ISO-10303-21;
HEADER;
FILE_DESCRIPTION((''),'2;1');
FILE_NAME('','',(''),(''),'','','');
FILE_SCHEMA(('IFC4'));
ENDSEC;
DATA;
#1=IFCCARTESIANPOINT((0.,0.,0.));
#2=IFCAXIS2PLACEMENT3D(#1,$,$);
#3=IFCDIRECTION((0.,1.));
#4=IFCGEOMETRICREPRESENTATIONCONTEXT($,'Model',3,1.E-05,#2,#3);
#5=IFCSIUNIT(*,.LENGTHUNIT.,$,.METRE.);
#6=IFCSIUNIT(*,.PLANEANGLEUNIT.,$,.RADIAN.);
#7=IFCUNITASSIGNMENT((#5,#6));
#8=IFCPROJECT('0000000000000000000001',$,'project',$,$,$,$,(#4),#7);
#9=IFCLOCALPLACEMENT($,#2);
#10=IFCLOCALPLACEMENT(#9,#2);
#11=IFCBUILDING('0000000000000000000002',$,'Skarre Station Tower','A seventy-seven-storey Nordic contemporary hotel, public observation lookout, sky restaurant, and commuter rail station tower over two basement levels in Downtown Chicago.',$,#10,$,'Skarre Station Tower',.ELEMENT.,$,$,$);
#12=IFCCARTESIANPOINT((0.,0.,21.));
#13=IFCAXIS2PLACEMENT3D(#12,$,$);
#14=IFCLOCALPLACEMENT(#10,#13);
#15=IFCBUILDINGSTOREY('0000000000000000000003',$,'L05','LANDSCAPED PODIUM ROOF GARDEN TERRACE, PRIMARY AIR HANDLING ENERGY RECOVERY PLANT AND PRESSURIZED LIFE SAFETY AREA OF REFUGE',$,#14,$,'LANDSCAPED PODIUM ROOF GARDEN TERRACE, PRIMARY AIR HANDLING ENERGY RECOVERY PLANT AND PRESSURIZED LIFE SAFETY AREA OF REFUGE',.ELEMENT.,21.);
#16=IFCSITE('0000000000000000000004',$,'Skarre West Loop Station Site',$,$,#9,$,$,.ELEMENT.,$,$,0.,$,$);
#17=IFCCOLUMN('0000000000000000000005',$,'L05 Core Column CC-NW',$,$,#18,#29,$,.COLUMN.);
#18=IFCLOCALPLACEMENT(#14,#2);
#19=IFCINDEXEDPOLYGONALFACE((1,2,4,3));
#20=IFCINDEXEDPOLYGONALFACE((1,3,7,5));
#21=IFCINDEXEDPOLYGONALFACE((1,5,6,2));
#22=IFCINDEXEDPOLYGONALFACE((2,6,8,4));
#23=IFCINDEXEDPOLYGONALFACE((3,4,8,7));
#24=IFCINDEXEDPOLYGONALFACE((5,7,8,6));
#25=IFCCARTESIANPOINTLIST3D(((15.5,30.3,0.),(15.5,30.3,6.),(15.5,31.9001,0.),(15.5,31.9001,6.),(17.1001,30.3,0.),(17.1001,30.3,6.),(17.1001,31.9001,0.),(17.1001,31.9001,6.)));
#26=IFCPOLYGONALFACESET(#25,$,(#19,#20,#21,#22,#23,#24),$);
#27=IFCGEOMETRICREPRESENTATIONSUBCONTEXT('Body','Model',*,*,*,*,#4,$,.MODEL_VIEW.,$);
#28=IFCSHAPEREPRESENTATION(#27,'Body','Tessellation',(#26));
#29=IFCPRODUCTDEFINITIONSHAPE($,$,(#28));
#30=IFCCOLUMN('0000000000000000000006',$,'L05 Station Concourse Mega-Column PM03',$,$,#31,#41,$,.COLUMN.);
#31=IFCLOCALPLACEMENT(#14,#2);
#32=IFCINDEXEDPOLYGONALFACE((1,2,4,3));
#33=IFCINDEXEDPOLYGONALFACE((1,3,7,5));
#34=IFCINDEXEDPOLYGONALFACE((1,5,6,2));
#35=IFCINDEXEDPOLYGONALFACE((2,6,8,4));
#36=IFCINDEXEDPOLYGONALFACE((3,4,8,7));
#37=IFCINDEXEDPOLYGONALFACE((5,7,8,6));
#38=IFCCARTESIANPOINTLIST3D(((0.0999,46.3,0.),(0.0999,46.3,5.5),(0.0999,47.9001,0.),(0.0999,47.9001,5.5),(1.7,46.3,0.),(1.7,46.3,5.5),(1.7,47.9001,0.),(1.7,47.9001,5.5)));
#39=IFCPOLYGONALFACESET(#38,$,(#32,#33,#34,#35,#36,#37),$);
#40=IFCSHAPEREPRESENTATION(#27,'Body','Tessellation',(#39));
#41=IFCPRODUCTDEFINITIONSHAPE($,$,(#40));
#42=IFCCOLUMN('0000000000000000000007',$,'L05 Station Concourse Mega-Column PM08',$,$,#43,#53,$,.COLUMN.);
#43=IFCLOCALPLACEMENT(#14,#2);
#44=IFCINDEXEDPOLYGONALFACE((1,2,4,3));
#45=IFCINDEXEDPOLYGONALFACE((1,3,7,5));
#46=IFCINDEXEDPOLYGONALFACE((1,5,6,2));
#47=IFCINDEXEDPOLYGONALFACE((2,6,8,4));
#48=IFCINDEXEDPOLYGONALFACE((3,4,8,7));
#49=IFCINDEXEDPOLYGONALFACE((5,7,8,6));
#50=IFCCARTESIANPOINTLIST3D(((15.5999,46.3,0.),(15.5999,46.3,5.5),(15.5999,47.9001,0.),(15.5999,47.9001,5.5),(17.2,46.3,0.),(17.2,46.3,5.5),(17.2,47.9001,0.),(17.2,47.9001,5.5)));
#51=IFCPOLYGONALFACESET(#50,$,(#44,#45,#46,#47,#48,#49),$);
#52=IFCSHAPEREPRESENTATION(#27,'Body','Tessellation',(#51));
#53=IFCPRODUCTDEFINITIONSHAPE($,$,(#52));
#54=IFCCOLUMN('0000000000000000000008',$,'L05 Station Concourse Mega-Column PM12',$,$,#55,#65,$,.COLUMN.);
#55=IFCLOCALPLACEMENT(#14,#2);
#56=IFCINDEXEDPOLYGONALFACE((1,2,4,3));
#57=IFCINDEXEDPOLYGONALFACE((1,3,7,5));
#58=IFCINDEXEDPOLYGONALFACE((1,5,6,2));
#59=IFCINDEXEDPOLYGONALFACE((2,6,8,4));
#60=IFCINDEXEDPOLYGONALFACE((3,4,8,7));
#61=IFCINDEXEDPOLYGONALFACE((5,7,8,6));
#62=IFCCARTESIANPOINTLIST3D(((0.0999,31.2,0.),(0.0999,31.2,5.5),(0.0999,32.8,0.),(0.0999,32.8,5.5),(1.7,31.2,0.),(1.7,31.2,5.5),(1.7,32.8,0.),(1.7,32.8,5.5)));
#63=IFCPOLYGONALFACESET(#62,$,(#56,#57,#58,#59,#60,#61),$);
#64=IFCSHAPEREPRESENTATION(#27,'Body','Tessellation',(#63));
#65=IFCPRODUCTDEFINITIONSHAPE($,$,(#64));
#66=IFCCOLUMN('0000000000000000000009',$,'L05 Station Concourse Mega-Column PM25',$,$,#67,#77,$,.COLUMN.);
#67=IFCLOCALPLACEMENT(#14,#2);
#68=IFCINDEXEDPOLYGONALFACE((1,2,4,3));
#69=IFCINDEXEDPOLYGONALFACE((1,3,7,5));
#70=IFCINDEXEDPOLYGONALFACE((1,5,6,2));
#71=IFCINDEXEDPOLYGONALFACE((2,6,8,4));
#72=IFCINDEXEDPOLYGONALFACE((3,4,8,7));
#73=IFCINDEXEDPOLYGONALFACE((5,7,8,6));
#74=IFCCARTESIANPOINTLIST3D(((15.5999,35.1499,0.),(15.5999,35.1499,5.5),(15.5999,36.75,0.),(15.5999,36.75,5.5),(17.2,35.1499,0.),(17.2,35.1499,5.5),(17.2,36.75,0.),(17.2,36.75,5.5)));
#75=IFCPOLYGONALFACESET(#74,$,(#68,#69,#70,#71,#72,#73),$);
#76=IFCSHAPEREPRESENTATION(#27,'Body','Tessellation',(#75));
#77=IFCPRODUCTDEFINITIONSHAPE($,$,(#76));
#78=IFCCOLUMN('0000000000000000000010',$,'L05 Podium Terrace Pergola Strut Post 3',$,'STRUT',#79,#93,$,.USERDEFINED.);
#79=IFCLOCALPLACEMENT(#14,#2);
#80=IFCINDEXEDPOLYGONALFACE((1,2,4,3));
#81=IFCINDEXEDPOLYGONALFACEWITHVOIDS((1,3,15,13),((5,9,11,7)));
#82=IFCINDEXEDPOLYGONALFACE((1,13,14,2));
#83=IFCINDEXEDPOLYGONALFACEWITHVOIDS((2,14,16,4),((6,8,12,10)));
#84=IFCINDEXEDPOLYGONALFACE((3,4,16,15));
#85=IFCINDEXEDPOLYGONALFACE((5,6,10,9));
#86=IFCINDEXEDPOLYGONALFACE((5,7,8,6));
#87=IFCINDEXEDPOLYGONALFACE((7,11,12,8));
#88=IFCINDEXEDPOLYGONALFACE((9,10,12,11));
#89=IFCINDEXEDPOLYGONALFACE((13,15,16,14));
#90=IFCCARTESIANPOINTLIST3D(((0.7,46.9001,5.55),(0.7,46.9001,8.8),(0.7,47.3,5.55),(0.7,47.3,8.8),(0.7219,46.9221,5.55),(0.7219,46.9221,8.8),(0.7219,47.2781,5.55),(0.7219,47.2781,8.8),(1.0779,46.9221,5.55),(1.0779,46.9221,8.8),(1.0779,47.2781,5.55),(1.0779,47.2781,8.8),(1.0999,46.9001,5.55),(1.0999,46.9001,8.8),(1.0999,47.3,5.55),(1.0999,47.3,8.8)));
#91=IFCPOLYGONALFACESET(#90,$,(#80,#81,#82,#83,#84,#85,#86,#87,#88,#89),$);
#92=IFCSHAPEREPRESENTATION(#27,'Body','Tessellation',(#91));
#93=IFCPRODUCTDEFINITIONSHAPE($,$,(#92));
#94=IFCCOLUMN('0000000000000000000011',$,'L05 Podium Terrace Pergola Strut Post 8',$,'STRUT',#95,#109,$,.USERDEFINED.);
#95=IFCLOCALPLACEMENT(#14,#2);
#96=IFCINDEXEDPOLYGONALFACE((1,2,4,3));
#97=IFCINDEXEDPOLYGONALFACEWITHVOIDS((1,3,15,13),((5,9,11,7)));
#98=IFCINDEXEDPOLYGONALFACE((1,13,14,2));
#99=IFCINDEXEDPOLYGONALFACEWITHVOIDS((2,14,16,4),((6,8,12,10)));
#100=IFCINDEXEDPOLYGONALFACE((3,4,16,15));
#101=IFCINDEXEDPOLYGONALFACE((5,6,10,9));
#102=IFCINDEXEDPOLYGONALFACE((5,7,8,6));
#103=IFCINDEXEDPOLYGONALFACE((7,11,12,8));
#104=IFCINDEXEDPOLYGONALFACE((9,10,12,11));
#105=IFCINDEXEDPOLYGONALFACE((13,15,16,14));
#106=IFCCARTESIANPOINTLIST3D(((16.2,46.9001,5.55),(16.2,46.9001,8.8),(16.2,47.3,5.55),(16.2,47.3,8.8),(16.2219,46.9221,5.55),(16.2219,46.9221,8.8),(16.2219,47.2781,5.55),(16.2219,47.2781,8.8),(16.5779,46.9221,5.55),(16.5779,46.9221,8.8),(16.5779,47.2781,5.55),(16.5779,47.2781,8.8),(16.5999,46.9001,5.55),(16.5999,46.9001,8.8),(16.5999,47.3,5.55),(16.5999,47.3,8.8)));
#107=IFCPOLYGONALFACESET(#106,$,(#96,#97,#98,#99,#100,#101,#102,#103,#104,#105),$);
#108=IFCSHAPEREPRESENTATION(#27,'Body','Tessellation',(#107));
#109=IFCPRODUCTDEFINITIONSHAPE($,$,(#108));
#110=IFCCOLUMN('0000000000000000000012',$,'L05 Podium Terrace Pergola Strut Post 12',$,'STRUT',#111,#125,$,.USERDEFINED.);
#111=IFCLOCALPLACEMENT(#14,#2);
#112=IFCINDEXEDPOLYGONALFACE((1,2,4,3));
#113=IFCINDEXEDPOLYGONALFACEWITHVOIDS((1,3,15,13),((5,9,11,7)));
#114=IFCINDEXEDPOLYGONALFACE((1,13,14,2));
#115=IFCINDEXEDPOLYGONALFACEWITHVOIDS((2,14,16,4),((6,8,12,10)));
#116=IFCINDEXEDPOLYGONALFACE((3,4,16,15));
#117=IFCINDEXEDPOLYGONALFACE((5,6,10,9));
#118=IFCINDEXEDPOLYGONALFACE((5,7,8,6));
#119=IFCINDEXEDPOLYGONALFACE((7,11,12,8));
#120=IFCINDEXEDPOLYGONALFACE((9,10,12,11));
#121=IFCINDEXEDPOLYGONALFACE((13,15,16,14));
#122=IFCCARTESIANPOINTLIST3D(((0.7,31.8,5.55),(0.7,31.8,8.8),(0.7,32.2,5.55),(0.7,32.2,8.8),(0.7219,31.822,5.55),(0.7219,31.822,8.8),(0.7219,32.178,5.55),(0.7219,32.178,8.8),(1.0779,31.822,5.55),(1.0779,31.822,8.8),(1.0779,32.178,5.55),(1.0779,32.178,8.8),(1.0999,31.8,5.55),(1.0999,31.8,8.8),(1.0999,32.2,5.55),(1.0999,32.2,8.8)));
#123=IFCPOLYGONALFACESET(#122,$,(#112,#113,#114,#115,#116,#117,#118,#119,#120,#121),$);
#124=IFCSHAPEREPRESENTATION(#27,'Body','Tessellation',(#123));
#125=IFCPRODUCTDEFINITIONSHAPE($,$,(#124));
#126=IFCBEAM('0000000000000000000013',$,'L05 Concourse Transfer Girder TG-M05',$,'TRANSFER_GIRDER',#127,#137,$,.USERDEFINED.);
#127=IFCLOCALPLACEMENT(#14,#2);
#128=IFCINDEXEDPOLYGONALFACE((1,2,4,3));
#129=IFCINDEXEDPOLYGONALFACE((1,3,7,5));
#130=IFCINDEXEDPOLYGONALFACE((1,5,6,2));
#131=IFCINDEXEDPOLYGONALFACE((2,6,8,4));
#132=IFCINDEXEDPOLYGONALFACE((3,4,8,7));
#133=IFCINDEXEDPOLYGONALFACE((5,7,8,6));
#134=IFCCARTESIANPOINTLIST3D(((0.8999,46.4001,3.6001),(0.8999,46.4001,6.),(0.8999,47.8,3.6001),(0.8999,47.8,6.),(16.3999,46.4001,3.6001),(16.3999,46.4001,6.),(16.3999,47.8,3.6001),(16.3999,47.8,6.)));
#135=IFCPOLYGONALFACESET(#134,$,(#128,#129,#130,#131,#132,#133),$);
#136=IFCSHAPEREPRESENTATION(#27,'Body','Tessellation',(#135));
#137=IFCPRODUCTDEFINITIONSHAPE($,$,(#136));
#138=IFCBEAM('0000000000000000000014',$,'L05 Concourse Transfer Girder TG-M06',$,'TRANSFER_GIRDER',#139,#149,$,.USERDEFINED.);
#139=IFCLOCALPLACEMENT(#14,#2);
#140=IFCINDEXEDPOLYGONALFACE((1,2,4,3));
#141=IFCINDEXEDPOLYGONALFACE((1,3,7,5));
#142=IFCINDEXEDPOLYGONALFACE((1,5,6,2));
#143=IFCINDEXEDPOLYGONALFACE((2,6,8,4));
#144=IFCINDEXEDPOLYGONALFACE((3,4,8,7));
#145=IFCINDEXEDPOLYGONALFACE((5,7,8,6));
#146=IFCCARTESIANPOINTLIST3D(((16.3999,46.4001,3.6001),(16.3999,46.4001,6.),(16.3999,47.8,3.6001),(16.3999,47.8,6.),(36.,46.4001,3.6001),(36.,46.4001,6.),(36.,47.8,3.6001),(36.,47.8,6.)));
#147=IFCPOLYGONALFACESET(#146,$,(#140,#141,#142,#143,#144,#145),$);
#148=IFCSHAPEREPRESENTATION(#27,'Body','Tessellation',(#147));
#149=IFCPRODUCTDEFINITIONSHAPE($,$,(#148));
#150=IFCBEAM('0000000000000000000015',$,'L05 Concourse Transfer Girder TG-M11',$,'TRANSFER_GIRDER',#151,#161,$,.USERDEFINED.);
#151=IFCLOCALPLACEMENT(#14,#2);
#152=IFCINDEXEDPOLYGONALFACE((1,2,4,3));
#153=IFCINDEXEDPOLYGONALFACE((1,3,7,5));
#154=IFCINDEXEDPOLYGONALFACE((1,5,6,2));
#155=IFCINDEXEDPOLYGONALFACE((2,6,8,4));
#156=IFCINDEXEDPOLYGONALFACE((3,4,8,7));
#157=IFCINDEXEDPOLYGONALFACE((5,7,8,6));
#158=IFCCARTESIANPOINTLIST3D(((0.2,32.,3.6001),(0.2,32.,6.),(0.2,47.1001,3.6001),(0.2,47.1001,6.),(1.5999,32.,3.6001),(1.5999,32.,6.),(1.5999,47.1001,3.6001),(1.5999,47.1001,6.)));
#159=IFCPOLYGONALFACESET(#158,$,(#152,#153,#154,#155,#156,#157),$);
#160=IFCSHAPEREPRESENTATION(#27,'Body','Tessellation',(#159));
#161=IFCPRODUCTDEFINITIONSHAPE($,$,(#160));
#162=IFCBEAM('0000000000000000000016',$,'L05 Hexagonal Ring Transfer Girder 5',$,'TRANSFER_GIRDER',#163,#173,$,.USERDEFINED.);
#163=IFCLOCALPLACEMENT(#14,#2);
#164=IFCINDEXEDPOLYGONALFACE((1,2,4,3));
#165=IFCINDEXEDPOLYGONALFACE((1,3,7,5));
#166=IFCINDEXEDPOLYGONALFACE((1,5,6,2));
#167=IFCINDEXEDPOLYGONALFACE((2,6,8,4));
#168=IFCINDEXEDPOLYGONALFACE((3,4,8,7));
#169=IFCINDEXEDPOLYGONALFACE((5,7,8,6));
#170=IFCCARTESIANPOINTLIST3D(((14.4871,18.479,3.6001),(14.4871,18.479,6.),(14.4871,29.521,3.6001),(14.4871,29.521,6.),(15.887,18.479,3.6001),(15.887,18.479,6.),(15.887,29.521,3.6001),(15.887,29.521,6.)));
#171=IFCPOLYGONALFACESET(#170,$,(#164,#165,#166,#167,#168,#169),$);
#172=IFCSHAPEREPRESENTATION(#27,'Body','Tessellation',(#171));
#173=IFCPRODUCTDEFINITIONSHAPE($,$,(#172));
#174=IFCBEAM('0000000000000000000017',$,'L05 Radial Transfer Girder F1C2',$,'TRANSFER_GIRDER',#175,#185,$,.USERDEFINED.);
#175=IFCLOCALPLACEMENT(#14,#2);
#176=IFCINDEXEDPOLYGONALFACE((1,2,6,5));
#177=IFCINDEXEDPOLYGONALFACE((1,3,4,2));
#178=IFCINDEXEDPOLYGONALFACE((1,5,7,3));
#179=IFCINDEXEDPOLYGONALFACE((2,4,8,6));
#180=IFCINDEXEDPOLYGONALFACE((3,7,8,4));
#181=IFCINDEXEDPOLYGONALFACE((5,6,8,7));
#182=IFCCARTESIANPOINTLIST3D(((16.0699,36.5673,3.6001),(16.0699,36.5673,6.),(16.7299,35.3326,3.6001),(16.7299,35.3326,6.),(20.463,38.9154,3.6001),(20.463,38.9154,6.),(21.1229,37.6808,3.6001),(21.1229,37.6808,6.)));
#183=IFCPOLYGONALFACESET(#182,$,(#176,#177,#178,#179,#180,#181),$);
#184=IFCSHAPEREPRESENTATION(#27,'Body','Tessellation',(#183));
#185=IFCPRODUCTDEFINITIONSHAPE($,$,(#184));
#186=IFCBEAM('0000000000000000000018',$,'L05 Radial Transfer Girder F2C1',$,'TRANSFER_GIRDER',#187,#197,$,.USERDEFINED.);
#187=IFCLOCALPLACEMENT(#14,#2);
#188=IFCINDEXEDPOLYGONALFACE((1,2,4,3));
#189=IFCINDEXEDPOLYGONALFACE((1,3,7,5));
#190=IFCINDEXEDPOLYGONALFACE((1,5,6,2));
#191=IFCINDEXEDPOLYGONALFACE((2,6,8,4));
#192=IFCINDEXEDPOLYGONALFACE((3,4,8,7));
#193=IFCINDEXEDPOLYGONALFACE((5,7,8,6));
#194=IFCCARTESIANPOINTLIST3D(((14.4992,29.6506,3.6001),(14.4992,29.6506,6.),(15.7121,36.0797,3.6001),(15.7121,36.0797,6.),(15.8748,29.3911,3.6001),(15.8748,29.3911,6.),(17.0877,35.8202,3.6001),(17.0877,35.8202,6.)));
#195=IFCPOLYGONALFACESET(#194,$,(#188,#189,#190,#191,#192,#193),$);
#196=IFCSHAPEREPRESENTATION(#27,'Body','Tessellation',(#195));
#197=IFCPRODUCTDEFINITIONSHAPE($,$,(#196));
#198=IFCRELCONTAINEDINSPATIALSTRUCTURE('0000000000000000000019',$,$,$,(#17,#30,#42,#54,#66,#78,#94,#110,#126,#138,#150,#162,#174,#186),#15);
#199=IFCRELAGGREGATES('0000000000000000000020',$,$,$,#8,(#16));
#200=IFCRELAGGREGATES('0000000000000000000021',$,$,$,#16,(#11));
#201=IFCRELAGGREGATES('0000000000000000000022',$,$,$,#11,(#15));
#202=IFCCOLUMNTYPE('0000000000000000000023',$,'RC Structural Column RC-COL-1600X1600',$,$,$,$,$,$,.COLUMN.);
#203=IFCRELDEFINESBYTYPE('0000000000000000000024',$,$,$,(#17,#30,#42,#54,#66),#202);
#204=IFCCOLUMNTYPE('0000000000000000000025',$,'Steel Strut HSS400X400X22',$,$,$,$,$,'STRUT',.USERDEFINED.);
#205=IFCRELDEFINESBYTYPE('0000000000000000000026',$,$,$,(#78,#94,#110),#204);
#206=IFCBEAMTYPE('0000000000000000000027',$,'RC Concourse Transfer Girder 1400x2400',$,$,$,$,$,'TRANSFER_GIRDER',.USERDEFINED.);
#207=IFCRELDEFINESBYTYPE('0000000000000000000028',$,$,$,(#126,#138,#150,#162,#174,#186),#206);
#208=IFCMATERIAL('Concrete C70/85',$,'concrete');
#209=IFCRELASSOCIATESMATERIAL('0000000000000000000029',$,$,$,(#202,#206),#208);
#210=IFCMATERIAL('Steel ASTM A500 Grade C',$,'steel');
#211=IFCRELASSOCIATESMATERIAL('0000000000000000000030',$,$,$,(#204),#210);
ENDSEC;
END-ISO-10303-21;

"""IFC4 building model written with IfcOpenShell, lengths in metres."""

from ifc_helpers import new_model, si_unit, direction, frame, origin, origin_2d, place, context, subcontext, project, spatial, rectangle, hollow_rectangle, extrude, material, material_profile, profile_set, type_object, element, save


model = new_model("IFC4")

# Units and contexts
model_context = context("Model", 3, precision=1e-05, world=origin(), true_north=direction((0.0, 1.0)))
body_context = subcontext(model_context, "Body", "Model", "MODEL_VIEW")
ifc_project = project(units=[si_unit("LENGTHUNIT", "METRE"), si_unit("PLANEANGLEUNIT", "RADIAN")], contexts=[model_context])

# Site, building, storey
site_placement = place(None, origin())
site = spatial("IfcSite", under=ifc_project, at=site_placement, Name="Skarre West Loop Station Site", CompositionType="ELEMENT", RefElevation=0.0)
building_placement = place(site_placement, origin())
building = spatial("IfcBuilding", under=site, at=building_placement, Name="Skarre Station Tower", Description="A seventy-seven-storey Nordic contemporary hotel, public observation lookout, sky restaurant, and commuter rail station tower over two basement levels in Downtown Chicago.", LongName="Skarre Station Tower", CompositionType="ELEMENT")
storey_placement = place(building_placement, frame((0.0, 0.0, 21.0)))
storey = spatial("IfcBuildingStorey", under=building, at=storey_placement, Name="L05", Description="LANDSCAPED PODIUM ROOF GARDEN TERRACE, PRIMARY AIR HANDLING ENERGY RECOVERY PLANT AND PRESSURIZED LIFE SAFETY AREA OF REFUGE", LongName="LANDSCAPED PODIUM ROOF GARDEN TERRACE, PRIMARY AIR HANDLING ENERGY RECOVERY PLANT AND PRESSURIZED LIFE SAFETY AREA OF REFUGE", CompositionType="ELEMENT", Elevation=21.0)

# Columns
ifc_material_1 = material(Name="Concrete C70/85", Category="concrete")
ifc_material_profile_1 = material_profile(ifc_material_1, rectangle(XDim=1.6001, YDim=1.6001, at=origin_2d()), Name="Concrete C70/85")
ifc_profile_set_1 = profile_set([ifc_material_profile_1], Name="Concrete C70/85")
column_type_1 = type_object("IfcColumnType", Name="RC Structural Column RC-COL-1600X1600", PredefinedType="COLUMN", material=ifc_profile_set_1)
column_placement = place(storey_placement, frame((16.3, 31.1001, 0.0), z_axis=(0.0, 0.0, 1.0), x_axis=(1.0, 0.0, 0.0)))
element("IfcColumn", 1, at=column_placement, inside=storey, type_object=column_type_1, Name="L05 Core Column CC-NW", PredefinedType="COLUMN", context=body_context, shape_type="SweptSolid", body=[
    extrude(rectangle(XDim=1.6001, YDim=1.6001, at=origin_2d()), origin(), (0.0, 0.0, 1.0), 6.0),
])
for number, where, z_axis, x_axis, name in (
    (2, (0.8999, 47.1001, 0.0), (0.0, 0.0, 1.0), (1.0, 0.0, 0.0), "L05 Station Concourse Mega-Column PM03"),
    (3, (16.3999, 47.1001, 0.0), (0.0, 0.0, 1.0), (1.0, 0.0, 0.0), "L05 Station Concourse Mega-Column PM08"),
    (4, (0.8999, 32.0, 0.0), (0.0, 0.0, 1.0), (1.0, 0.0, 0.0), "L05 Station Concourse Mega-Column PM12"),
    (5, (16.3999, 35.95, 0.0), (0.0, 0.0, 1.0), (1.0, 0.0, 0.0), "L05 Station Concourse Mega-Column PM25"),
):
    element("IfcColumn", number, at=place(storey_placement, frame(where, z_axis=z_axis, x_axis=x_axis)), inside=storey, type_object=column_type_1, Name=name, PredefinedType="COLUMN", context=body_context, shape_type="SweptSolid", body=[
        extrude(rectangle(XDim=1.6001, YDim=1.6001, at=origin_2d()), origin(), (0.0, 0.0, 1.0), 5.5),
    ])
ifc_material_2 = material(Name="Steel ASTM A500 Grade C", Category="steel")
ifc_material_profile_2 = material_profile(ifc_material_2, hollow_rectangle(XDim=0.3999, YDim=0.3999, WallThickness=0.022, at=origin_2d()), Name="Steel ASTM A500 Grade C")
ifc_profile_set_2 = profile_set([ifc_material_profile_2], Name="Steel ASTM A500 Grade C")
column_type_2 = type_object("IfcColumnType", Name="Steel Strut HSS400X400X22", ElementType="STRUT", PredefinedType="USERDEFINED", material=ifc_profile_set_2)
for number, where, z_axis, x_axis, name in (
    (6, (0.8999, 47.1001, 5.55), (0.0, 0.0, 1.0), (1.0, 0.0, 0.0), "L05 Podium Terrace Pergola Strut Post 3"),
    (7, (16.3999, 47.1001, 5.55), (0.0, 0.0, 1.0), (1.0, 0.0, 0.0), "L05 Podium Terrace Pergola Strut Post 8"),
    (8, (0.8999, 32.0, 5.55), (0.0, 0.0, 1.0), (1.0, 0.0, 0.0), "L05 Podium Terrace Pergola Strut Post 12"),
):
    element("IfcColumn", number, at=place(storey_placement, frame(where, z_axis=z_axis, x_axis=x_axis)), inside=storey, type_object=column_type_2, Name=name, ObjectType="STRUT", PredefinedType="USERDEFINED", context=body_context, shape_type="SweptSolid", body=[
        extrude(hollow_rectangle(XDim=0.3999, YDim=0.3999, WallThickness=0.022, at=origin_2d()), origin(), (0.0, 0.0, 1.0), 3.25),
    ])

# Beams
ifc_material_profile_3 = material_profile(ifc_material_1, rectangle(XDim=1.3999, YDim=2.3999, at=origin_2d()), Name="Concrete C70/85")
ifc_profile_set_3 = profile_set([ifc_material_profile_3], Name="Concrete C70/85")
beam_type_1 = type_object("IfcBeamType", Name="RC Concourse Transfer Girder 1400x2400", ElementType="TRANSFER_GIRDER", PredefinedType="USERDEFINED", material=ifc_profile_set_3)
beam_1_placement = place(storey_placement, frame((0.8999, 47.1001, 4.8), z_axis=(1.0, 0.0, 0.0), x_axis=(0.0, 1.0, 0.0)))
element("IfcBeam", 9, at=beam_1_placement, inside=storey, type_object=beam_type_1, Name="L05 Concourse Transfer Girder TG-M05", ObjectType="TRANSFER_GIRDER", PredefinedType="USERDEFINED", context=body_context, shape_type="SweptSolid", body=[
    extrude(rectangle(XDim=1.3999, YDim=2.3999, at=origin_2d()), origin(), (0.0, 0.0, 1.0), 15.5),
])
beam_2_placement = place(storey_placement, frame((16.3999, 47.1001, 4.8), z_axis=(1.0, 0.0, 0.0), x_axis=(0.0, 1.0, 0.0)))
element("IfcBeam", 10, at=beam_2_placement, inside=storey, type_object=beam_type_1, Name="L05 Concourse Transfer Girder TG-M06", ObjectType="TRANSFER_GIRDER", PredefinedType="USERDEFINED", context=body_context, shape_type="SweptSolid", body=[
    extrude(rectangle(XDim=1.3999, YDim=2.3999, at=origin_2d()), origin(), (0.0, 0.0, 1.0), 19.6001),
])
beam_3_placement = place(storey_placement, frame((0.8999, 32.0, 4.8), z_axis=(0.0, 1.0, 0.0), x_axis=(-1.0, 0.0, 0.0)))
element("IfcBeam", 11, at=beam_3_placement, inside=storey, type_object=beam_type_1, Name="L05 Concourse Transfer Girder TG-M11", ObjectType="TRANSFER_GIRDER", PredefinedType="USERDEFINED", context=body_context, shape_type="SweptSolid", body=[
    extrude(rectangle(XDim=1.3999, YDim=2.3999, at=origin_2d()), origin(), (0.0, 0.0, 1.0), 15.1001),
])
beam_4_placement = place(storey_placement, frame((15.187, 29.521, 4.8), z_axis=(0.0, -1.0, 0.0), x_axis=(1.0, 0.0, 0.0)))
element("IfcBeam", 12, at=beam_4_placement, inside=storey, type_object=beam_type_1, Name="L05 Hexagonal Ring Transfer Girder 5", ObjectType="TRANSFER_GIRDER", PredefinedType="USERDEFINED", context=body_context, shape_type="SweptSolid", body=[
    extrude(rectangle(XDim=1.3999, YDim=2.3999, at=origin_2d()), origin(), (0.0, 0.0, 1.0), 11.042),
])
beam_5_placement = place(storey_placement, frame((16.3999, 35.95, 4.8), z_axis=(0.881921, 0.471397, 0.0), x_axis=(-0.471397, 0.881921, 0.0)))
element("IfcBeam", 13, at=beam_5_placement, inside=storey, type_object=beam_type_1, Name="L05 Radial Transfer Girder F1C2", ObjectType="TRANSFER_GIRDER", PredefinedType="USERDEFINED", context=body_context, shape_type="SweptSolid", body=[
    extrude(rectangle(XDim=1.3999, YDim=2.3999, at=origin_2d()), origin(), (0.0, 0.0, 1.0), 4.9812),
])
beam_6_placement = place(storey_placement, frame((16.3999, 35.95, 4.8), z_axis=(-0.18539, -0.982665, 0.0), x_axis=(0.982665, -0.18539, 0.0)))
element("IfcBeam", 14, at=beam_6_placement, inside=storey, type_object=beam_type_1, Name="L05 Radial Transfer Girder F2C1", ObjectType="TRANSFER_GIRDER", PredefinedType="USERDEFINED", context=body_context, shape_type="SweptSolid", body=[
    extrude(rectangle(XDim=1.3999, YDim=2.3999, at=origin_2d()), origin(), (0.0, 0.0, 1.0), 6.5425),
])

save(model, "model.ifc")
